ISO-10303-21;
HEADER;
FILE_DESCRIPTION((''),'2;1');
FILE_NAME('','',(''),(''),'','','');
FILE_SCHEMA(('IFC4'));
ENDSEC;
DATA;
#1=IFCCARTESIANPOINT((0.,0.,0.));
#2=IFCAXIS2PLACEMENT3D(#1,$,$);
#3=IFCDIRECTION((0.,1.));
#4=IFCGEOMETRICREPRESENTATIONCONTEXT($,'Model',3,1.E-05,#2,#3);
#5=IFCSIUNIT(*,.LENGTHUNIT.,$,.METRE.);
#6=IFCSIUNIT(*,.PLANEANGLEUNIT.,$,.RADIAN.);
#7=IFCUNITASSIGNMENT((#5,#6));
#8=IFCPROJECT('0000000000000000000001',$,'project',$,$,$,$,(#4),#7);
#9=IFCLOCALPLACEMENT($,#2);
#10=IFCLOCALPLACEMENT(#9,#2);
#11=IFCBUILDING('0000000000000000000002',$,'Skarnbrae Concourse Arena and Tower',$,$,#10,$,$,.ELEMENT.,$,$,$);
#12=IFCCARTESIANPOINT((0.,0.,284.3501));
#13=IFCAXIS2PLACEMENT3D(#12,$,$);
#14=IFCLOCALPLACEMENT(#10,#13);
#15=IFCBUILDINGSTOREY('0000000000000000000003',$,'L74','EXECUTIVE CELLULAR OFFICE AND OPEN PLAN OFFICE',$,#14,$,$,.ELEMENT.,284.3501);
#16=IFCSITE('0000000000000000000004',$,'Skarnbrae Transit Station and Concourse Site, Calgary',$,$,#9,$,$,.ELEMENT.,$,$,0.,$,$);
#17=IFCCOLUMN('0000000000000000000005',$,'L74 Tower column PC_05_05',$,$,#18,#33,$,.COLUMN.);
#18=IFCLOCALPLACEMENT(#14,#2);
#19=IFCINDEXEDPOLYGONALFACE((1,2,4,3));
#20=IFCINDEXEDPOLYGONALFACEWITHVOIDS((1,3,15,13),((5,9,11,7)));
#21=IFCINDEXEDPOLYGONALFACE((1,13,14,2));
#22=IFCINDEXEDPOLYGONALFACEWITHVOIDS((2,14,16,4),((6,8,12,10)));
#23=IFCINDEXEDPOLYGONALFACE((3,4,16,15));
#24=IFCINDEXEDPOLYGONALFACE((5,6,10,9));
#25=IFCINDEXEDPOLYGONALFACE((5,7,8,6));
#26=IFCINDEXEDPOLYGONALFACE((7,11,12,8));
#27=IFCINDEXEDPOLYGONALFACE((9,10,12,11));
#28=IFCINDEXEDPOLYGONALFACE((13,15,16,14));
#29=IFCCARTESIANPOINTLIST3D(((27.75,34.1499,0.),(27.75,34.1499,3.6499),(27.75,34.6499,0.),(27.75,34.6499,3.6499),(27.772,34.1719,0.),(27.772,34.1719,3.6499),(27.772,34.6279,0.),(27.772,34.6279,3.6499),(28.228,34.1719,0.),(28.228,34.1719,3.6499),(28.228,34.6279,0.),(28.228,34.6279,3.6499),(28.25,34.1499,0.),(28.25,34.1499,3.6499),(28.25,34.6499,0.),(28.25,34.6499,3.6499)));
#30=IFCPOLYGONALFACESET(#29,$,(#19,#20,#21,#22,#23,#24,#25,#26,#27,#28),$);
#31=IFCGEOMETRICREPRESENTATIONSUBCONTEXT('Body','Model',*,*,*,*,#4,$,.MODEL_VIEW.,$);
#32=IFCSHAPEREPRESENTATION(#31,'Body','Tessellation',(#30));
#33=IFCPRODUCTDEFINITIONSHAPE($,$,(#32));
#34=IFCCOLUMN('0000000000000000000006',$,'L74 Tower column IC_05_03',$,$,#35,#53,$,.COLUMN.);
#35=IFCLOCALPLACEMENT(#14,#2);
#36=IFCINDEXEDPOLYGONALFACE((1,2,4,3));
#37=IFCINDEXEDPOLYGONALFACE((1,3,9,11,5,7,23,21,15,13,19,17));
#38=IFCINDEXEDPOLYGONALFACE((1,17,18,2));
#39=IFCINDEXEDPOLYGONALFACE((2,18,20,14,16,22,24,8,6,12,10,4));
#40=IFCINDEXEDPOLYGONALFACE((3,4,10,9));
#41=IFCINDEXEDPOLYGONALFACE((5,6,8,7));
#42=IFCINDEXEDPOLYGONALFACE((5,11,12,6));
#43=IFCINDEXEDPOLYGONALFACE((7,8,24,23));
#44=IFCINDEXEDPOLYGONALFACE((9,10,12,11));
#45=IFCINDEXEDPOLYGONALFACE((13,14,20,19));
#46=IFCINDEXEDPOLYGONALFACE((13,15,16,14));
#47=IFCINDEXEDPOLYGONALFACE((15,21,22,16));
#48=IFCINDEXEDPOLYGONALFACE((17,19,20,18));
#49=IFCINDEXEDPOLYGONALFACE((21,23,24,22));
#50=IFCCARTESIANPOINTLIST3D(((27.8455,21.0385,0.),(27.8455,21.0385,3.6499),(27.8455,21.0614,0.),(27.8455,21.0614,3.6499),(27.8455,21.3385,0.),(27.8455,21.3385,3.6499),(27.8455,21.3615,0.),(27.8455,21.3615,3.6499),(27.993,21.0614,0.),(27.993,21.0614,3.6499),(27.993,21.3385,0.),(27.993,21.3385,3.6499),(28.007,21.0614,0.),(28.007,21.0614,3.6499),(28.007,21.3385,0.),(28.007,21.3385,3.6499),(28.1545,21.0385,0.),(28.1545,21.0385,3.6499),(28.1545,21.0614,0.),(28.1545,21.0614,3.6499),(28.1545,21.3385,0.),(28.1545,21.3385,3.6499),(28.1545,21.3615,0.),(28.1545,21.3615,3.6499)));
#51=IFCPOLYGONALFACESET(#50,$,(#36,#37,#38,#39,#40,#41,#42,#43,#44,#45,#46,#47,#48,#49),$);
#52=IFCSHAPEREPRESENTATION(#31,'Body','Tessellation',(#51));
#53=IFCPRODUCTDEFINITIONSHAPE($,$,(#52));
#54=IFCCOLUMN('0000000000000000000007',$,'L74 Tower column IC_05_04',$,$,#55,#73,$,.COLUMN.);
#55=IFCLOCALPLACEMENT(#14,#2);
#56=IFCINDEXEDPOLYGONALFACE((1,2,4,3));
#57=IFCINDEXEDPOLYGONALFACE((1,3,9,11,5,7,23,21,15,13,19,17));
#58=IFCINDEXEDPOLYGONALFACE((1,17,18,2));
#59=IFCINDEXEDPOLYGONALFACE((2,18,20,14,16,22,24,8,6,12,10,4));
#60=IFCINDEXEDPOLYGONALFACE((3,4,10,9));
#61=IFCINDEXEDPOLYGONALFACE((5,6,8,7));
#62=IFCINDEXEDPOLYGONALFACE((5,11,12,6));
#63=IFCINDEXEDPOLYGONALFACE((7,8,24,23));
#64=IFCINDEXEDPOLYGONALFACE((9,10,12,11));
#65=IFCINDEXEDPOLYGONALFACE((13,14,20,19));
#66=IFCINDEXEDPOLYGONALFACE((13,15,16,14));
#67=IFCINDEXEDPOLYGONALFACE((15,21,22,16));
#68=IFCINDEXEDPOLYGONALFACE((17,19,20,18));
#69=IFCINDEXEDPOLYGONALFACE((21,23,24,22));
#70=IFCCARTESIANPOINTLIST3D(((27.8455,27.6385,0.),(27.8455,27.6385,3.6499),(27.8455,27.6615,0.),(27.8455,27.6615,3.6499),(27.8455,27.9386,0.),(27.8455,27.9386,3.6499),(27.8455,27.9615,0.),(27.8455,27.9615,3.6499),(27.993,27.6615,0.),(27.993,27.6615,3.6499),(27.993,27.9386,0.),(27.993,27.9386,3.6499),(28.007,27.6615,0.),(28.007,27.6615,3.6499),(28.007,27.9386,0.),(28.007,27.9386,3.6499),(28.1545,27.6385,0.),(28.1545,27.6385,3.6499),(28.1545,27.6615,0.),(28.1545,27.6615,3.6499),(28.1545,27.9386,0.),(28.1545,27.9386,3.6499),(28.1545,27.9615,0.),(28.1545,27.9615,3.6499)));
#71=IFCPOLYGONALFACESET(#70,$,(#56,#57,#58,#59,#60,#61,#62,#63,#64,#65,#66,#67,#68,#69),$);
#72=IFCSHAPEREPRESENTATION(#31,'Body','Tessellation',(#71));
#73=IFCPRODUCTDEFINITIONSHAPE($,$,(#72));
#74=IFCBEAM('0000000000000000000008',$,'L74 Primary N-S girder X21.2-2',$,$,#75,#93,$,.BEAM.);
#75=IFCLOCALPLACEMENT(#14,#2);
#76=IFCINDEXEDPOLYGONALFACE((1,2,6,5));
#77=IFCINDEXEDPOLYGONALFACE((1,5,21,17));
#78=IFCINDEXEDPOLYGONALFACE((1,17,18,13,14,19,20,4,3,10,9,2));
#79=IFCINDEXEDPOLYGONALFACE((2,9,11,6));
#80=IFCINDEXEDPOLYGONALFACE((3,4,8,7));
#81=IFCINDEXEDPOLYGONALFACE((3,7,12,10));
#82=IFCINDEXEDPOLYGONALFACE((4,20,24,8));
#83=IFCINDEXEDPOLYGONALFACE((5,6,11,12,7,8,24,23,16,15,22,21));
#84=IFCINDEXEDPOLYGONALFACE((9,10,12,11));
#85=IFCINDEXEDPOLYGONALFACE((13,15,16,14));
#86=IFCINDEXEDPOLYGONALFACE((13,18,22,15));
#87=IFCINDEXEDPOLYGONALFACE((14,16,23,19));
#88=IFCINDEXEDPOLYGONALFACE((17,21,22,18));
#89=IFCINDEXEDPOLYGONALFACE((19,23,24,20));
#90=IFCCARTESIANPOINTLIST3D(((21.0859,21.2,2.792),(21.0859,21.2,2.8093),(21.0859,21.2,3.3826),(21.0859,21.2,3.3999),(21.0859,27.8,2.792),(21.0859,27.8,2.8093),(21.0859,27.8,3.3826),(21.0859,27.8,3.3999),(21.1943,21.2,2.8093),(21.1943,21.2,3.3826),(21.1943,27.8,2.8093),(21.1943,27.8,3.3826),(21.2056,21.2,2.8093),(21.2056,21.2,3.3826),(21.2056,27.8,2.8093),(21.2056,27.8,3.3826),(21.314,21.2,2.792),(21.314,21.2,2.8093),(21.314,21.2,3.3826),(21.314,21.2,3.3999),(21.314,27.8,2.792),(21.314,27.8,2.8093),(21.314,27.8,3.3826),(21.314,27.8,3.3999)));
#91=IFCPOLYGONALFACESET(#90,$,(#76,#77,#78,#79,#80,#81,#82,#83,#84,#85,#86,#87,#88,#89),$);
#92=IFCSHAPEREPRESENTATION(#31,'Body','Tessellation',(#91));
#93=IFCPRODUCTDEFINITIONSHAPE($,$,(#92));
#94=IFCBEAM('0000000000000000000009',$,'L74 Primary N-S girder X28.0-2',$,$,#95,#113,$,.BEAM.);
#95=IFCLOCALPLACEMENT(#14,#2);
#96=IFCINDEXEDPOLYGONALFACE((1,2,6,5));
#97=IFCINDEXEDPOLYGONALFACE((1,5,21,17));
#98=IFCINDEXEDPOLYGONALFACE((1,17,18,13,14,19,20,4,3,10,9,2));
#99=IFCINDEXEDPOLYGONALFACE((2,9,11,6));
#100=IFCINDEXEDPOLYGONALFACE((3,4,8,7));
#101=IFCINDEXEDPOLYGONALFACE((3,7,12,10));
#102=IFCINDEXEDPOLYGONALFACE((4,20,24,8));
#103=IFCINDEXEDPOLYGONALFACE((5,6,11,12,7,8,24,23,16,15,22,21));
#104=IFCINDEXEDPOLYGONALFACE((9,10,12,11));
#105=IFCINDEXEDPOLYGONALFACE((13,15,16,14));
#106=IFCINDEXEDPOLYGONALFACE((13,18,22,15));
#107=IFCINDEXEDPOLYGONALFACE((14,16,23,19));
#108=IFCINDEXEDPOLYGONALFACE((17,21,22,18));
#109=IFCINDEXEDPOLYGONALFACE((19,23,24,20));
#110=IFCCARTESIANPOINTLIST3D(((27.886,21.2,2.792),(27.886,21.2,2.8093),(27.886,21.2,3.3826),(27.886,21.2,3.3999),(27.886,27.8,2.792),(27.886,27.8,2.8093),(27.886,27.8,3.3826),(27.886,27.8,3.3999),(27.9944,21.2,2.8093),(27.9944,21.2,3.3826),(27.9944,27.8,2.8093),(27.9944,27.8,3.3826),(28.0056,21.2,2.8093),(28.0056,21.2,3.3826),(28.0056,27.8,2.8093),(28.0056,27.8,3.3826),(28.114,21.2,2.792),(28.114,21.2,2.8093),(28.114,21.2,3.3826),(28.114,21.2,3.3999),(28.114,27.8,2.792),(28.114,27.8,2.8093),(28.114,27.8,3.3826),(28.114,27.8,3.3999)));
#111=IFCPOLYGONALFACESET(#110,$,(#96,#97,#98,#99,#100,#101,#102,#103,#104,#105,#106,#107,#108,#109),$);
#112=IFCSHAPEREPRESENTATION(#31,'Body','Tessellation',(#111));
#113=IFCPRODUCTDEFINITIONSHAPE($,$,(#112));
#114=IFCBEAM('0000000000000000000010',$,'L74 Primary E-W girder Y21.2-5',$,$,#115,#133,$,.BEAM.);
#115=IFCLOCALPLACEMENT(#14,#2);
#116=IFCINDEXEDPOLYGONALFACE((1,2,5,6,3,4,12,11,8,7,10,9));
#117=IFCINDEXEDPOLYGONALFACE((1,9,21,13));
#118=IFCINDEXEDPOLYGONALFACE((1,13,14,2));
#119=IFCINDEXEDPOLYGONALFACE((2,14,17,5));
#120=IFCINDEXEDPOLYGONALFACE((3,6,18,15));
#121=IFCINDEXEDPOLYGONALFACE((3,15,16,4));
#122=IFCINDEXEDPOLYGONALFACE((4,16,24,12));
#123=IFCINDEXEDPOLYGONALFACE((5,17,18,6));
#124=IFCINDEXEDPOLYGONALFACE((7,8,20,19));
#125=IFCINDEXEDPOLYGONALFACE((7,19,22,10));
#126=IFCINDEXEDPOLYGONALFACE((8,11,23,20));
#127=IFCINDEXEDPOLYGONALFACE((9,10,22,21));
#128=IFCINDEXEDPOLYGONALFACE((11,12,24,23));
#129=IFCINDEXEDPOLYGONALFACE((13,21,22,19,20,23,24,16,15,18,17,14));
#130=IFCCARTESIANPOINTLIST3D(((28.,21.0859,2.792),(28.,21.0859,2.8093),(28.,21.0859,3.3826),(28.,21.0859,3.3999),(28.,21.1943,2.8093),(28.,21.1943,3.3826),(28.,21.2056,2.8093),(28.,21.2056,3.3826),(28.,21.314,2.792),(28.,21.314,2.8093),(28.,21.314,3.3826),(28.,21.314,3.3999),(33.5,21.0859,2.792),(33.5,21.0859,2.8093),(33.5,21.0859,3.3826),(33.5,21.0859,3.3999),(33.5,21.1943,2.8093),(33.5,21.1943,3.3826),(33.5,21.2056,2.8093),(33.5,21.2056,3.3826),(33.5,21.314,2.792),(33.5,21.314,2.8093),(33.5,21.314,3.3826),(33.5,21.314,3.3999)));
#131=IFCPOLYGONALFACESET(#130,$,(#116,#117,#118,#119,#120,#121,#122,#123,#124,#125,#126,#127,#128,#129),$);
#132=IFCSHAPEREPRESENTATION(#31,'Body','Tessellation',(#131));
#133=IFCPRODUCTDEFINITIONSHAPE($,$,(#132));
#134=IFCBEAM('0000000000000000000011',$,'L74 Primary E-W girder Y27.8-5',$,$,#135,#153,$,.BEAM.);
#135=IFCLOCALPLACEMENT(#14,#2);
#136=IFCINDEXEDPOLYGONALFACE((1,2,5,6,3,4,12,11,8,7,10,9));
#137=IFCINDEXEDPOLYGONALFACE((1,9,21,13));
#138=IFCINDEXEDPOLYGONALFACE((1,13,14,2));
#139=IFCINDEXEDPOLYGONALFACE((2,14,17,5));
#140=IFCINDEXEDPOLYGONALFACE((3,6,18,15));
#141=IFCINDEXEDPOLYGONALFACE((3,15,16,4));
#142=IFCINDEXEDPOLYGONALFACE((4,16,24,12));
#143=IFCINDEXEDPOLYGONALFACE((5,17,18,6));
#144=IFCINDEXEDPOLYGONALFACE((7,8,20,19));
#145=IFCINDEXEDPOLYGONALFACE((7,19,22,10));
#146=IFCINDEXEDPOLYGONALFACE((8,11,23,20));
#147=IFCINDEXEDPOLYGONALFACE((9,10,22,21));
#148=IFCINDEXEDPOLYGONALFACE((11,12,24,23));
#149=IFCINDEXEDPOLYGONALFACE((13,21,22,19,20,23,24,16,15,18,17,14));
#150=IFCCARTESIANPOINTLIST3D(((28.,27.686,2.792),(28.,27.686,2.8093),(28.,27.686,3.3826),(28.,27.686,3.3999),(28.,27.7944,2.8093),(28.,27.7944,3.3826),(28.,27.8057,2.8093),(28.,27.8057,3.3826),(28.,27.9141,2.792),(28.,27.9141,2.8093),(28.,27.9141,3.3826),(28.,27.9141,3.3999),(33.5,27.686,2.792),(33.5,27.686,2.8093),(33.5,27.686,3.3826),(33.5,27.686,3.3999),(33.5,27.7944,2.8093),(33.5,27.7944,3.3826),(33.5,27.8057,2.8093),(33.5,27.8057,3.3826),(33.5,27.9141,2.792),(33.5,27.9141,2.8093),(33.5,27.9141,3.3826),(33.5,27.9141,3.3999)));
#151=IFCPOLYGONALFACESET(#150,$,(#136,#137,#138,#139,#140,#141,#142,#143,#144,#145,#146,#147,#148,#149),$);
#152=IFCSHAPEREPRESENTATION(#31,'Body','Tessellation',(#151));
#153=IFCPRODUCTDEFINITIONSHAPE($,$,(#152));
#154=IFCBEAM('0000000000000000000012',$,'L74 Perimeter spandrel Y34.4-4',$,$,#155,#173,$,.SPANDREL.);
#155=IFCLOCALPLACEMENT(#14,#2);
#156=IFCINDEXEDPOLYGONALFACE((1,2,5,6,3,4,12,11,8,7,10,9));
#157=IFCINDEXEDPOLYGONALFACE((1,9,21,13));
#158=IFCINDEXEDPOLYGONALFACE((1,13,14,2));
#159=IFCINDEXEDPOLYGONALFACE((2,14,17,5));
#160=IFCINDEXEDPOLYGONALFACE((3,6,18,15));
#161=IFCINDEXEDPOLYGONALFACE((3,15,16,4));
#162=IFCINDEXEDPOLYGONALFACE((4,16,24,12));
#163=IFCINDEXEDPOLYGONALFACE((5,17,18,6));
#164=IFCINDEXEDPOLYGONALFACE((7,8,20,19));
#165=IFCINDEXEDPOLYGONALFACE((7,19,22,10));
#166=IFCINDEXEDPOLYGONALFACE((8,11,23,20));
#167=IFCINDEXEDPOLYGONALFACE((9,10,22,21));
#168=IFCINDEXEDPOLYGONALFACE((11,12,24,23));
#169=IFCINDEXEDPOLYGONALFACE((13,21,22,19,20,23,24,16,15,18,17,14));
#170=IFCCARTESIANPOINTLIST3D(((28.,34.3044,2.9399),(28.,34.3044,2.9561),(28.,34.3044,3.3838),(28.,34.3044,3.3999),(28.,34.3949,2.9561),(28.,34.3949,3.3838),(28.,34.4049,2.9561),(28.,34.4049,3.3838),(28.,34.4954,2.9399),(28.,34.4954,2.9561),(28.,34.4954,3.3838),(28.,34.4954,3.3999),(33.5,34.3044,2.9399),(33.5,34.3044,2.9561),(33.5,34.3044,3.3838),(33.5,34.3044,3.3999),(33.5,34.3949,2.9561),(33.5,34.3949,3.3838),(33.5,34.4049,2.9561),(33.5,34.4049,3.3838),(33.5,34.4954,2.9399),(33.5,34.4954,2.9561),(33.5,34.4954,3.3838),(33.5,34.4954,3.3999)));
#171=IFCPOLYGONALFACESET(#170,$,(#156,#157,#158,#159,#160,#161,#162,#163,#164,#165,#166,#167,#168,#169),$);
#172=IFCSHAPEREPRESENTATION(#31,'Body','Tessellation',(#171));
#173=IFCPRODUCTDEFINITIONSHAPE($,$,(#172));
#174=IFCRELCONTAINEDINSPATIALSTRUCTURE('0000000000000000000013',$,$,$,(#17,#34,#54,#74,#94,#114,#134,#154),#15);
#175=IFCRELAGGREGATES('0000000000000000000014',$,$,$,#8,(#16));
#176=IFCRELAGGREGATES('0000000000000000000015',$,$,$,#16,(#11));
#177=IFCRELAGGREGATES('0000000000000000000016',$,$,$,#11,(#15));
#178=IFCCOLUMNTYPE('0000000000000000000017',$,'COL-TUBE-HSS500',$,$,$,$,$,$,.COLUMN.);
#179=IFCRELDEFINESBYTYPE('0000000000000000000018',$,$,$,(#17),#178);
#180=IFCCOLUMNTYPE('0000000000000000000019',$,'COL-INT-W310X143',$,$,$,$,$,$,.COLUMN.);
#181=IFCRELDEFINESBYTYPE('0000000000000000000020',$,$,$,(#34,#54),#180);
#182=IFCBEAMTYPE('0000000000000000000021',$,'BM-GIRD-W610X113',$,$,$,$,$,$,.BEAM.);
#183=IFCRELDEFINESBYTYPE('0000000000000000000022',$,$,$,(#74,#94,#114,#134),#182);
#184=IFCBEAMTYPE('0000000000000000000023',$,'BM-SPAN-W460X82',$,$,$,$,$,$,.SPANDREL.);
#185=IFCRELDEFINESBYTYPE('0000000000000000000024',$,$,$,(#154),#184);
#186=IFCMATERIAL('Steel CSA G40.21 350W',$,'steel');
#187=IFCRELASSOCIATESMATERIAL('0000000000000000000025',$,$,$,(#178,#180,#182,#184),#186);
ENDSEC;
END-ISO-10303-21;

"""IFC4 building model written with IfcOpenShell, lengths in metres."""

from ifc_helpers import new_model, si_unit, direction, frame, origin, origin_2d, place, context, subcontext, project, spatial, hollow_rectangle, i_section, extrude, source, transform, mapped, material, material_profile, profile_set, type_object, element, save


model = new_model("IFC4")

# Units and contexts
model_context = context("Model", 3, precision=1e-05, world=origin(), true_north=direction((0.0, 1.0)))
body_context = subcontext(model_context, "Body", "Model", "MODEL_VIEW")
ifc_project = project(units=[si_unit("LENGTHUNIT", "METRE"), si_unit("PLANEANGLEUNIT", "RADIAN")], contexts=[model_context])

# Site, building, storey
site_placement = place(None, origin())
site = spatial("IfcSite", under=ifc_project, at=site_placement, Name="Skarnbrae Transit Station and Concourse Site, Calgary", CompositionType="ELEMENT", RefElevation=0.0)
building_placement = place(site_placement, origin())
building = spatial("IfcBuilding", under=site, at=building_placement, Name="Skarnbrae Concourse Arena and Tower", CompositionType="ELEMENT")
storey_placement = place(building_placement, frame((0.0, 0.0, 284.3501)))
storey = spatial("IfcBuildingStorey", under=building, at=storey_placement, Name="L74", Description="EXECUTIVE CELLULAR OFFICE AND OPEN PLAN OFFICE", CompositionType="ELEMENT", Elevation=284.3501)

# Columns
ifc_material_1 = material(Name="Steel CSA G40.21 350W", Category="steel")
ifc_material_profile_1 = material_profile(ifc_material_1, hollow_rectangle(XDim=0.5, YDim=0.5, WallThickness=0.022, at=origin_2d()), Name="HSS500X500X22.0")
ifc_profile_set_1 = profile_set([ifc_material_profile_1], Name="Steel CSA G40.21 350W")
column_type_1 = type_object("IfcColumnType", Name="COL-TUBE-HSS500", PredefinedType="COLUMN", material=ifc_profile_set_1)
shared_shape_1 = source(origin(), body_context, "Body", "SweptSolid", [
    extrude(hollow_rectangle(XDim=0.5, YDim=0.5, WallThickness=0.022, at=origin_2d()), origin(), (0.0, 0.0, 1.0), 3.6499),
])
column_placement = place(storey_placement, frame((28.0, 34.3999, 0.0), z_axis=(0.0, 0.0, 1.0), x_axis=(1.0, 0.0, 0.0)))
element("IfcColumn", 1, at=column_placement, inside=storey, type_object=column_type_1, Name="L74 Tower column PC_05_05", PredefinedType="COLUMN", context=body_context, shape_type="MappedRepresentation", body=[
    mapped(shared_shape_1, transform((0.0, 0.0, 0.0))),
])
ifc_material_profile_2 = material_profile(ifc_material_1, i_section(OverallWidth=0.3091, OverallDepth=0.323, WebThickness=0.0139, FlangeThickness=0.0229, at=origin_2d()), Name="W310X143")
ifc_profile_set_2 = profile_set([ifc_material_profile_2], Name="Steel CSA G40.21 350W")
column_type_2 = type_object("IfcColumnType", Name="COL-INT-W310X143", PredefinedType="COLUMN", material=ifc_profile_set_2)
shared_shape_2 = source(origin(), body_context, "Body", "SweptSolid", [
    extrude(i_section(OverallWidth=0.3091, OverallDepth=0.323, WebThickness=0.0139, FlangeThickness=0.0229, at=origin_2d()), origin(), (0.0, 0.0, 1.0), 3.6499),
])
for number, where, z_axis, x_axis, name in (
    (2, (28.0, 21.2, 0.0), (0.0, 0.0, 1.0), (1.0, 0.0, 0.0), "L74 Tower column IC_05_03"),
    (3, (28.0, 27.8, 0.0), (0.0, 0.0, 1.0), (1.0, 0.0, 0.0), "L74 Tower column IC_05_04"),
):
    element("IfcColumn", number, at=place(storey_placement, frame(where, z_axis=z_axis, x_axis=x_axis)), inside=storey, type_object=column_type_2, Name=name, PredefinedType="COLUMN", context=body_context, shape_type="MappedRepresentation", body=[
        mapped(shared_shape_2, transform((0.0, 0.0, 0.0))),
    ])

# Beams
ifc_material_profile_3 = material_profile(ifc_material_1, i_section(OverallWidth=0.228, OverallDepth=0.6079, WebThickness=0.0112, FlangeThickness=0.0173, at=origin_2d()), Name="W610X113")
ifc_profile_set_3 = profile_set([ifc_material_profile_3], Name="Steel CSA G40.21 350W")
beam_type_1 = type_object("IfcBeamType", Name="BM-GIRD-W610X113", PredefinedType="BEAM", material=ifc_profile_set_3)
shared_shape_3 = source(origin(), body_context, "Body", "SweptSolid", [
    extrude(i_section(OverallWidth=0.228, OverallDepth=0.6079, WebThickness=0.0112, FlangeThickness=0.0173, at=origin_2d()), origin(), (0.0, 0.0, 1.0), 6.6001),
])
for number, where, z_axis, x_axis, name in (
    (4, (21.2, 21.2, 3.0959), (0.0, 1.0, 0.0), (-1.0, 0.0, 0.0), "L74 Primary N-S girder X21.2-2"),
    (5, (28.0, 21.2, 3.0959), (0.0, 1.0, 0.0), (-1.0, 0.0, 0.0), "L74 Primary N-S girder X28.0-2"),
):
    element("IfcBeam", number, at=place(storey_placement, frame(where, z_axis=z_axis, x_axis=x_axis)), inside=storey, type_object=beam_type_1, Name=name, PredefinedType="BEAM", context=body_context, shape_type="MappedRepresentation", body=[
        mapped(shared_shape_3, transform((0.0, 0.0, 0.0))),
    ])
shared_shape_4 = source(origin(), body_context, "Body", "SweptSolid", [
    extrude(i_section(OverallWidth=0.228, OverallDepth=0.6079, WebThickness=0.0112, FlangeThickness=0.0173, at=origin_2d()), origin(), (0.0, 0.0, 1.0), 5.5),
])
for number, where, z_axis, x_axis, name in (
    (6, (28.0, 21.2, 3.0959), (1.0, 0.0, 0.0), (0.0, 1.0, 0.0), "L74 Primary E-W girder Y21.2-5"),
    (7, (28.0, 27.8, 3.0959), (1.0, 0.0, 0.0), (0.0, 1.0, 0.0), "L74 Primary E-W girder Y27.8-5"),
):
    element("IfcBeam", number, at=place(storey_placement, frame(where, z_axis=z_axis, x_axis=x_axis)), inside=storey, type_object=beam_type_1, Name=name, PredefinedType="BEAM", context=body_context, shape_type="MappedRepresentation", body=[
        mapped(shared_shape_4, transform((0.0, 0.0, 0.0))),
    ])
ifc_material_profile_4 = material_profile(ifc_material_1, i_section(OverallWidth=0.1909, OverallDepth=0.46, WebThickness=0.01, FlangeThickness=0.0161, at=origin_2d()), Name="W460X82")
ifc_profile_set_4 = profile_set([ifc_material_profile_4], Name="Steel CSA G40.21 350W")
beam_type_2 = type_object("IfcBeamType", Name="BM-SPAN-W460X82", PredefinedType="SPANDREL", material=ifc_profile_set_4)
shared_shape_5 = source(origin(), body_context, "Body", "SweptSolid", [
    extrude(i_section(OverallWidth=0.1909, OverallDepth=0.46, WebThickness=0.01, FlangeThickness=0.0161, at=origin_2d()), origin(), (0.0, 0.0, 1.0), 5.5),
])
beam_placement = place(storey_placement, frame((28.0, 34.3999, 3.1699), z_axis=(1.0, 0.0, 0.0), x_axis=(0.0, 1.0, 0.0)))
element("IfcBeam", 8, at=beam_placement, inside=storey, type_object=beam_type_2, Name="L74 Perimeter spandrel Y34.4-4", PredefinedType="SPANDREL", context=body_context, shape_type="MappedRepresentation", body=[
    mapped(shared_shape_5, transform((0.0, 0.0, 0.0))),
])

save(model, "model.ifc")
